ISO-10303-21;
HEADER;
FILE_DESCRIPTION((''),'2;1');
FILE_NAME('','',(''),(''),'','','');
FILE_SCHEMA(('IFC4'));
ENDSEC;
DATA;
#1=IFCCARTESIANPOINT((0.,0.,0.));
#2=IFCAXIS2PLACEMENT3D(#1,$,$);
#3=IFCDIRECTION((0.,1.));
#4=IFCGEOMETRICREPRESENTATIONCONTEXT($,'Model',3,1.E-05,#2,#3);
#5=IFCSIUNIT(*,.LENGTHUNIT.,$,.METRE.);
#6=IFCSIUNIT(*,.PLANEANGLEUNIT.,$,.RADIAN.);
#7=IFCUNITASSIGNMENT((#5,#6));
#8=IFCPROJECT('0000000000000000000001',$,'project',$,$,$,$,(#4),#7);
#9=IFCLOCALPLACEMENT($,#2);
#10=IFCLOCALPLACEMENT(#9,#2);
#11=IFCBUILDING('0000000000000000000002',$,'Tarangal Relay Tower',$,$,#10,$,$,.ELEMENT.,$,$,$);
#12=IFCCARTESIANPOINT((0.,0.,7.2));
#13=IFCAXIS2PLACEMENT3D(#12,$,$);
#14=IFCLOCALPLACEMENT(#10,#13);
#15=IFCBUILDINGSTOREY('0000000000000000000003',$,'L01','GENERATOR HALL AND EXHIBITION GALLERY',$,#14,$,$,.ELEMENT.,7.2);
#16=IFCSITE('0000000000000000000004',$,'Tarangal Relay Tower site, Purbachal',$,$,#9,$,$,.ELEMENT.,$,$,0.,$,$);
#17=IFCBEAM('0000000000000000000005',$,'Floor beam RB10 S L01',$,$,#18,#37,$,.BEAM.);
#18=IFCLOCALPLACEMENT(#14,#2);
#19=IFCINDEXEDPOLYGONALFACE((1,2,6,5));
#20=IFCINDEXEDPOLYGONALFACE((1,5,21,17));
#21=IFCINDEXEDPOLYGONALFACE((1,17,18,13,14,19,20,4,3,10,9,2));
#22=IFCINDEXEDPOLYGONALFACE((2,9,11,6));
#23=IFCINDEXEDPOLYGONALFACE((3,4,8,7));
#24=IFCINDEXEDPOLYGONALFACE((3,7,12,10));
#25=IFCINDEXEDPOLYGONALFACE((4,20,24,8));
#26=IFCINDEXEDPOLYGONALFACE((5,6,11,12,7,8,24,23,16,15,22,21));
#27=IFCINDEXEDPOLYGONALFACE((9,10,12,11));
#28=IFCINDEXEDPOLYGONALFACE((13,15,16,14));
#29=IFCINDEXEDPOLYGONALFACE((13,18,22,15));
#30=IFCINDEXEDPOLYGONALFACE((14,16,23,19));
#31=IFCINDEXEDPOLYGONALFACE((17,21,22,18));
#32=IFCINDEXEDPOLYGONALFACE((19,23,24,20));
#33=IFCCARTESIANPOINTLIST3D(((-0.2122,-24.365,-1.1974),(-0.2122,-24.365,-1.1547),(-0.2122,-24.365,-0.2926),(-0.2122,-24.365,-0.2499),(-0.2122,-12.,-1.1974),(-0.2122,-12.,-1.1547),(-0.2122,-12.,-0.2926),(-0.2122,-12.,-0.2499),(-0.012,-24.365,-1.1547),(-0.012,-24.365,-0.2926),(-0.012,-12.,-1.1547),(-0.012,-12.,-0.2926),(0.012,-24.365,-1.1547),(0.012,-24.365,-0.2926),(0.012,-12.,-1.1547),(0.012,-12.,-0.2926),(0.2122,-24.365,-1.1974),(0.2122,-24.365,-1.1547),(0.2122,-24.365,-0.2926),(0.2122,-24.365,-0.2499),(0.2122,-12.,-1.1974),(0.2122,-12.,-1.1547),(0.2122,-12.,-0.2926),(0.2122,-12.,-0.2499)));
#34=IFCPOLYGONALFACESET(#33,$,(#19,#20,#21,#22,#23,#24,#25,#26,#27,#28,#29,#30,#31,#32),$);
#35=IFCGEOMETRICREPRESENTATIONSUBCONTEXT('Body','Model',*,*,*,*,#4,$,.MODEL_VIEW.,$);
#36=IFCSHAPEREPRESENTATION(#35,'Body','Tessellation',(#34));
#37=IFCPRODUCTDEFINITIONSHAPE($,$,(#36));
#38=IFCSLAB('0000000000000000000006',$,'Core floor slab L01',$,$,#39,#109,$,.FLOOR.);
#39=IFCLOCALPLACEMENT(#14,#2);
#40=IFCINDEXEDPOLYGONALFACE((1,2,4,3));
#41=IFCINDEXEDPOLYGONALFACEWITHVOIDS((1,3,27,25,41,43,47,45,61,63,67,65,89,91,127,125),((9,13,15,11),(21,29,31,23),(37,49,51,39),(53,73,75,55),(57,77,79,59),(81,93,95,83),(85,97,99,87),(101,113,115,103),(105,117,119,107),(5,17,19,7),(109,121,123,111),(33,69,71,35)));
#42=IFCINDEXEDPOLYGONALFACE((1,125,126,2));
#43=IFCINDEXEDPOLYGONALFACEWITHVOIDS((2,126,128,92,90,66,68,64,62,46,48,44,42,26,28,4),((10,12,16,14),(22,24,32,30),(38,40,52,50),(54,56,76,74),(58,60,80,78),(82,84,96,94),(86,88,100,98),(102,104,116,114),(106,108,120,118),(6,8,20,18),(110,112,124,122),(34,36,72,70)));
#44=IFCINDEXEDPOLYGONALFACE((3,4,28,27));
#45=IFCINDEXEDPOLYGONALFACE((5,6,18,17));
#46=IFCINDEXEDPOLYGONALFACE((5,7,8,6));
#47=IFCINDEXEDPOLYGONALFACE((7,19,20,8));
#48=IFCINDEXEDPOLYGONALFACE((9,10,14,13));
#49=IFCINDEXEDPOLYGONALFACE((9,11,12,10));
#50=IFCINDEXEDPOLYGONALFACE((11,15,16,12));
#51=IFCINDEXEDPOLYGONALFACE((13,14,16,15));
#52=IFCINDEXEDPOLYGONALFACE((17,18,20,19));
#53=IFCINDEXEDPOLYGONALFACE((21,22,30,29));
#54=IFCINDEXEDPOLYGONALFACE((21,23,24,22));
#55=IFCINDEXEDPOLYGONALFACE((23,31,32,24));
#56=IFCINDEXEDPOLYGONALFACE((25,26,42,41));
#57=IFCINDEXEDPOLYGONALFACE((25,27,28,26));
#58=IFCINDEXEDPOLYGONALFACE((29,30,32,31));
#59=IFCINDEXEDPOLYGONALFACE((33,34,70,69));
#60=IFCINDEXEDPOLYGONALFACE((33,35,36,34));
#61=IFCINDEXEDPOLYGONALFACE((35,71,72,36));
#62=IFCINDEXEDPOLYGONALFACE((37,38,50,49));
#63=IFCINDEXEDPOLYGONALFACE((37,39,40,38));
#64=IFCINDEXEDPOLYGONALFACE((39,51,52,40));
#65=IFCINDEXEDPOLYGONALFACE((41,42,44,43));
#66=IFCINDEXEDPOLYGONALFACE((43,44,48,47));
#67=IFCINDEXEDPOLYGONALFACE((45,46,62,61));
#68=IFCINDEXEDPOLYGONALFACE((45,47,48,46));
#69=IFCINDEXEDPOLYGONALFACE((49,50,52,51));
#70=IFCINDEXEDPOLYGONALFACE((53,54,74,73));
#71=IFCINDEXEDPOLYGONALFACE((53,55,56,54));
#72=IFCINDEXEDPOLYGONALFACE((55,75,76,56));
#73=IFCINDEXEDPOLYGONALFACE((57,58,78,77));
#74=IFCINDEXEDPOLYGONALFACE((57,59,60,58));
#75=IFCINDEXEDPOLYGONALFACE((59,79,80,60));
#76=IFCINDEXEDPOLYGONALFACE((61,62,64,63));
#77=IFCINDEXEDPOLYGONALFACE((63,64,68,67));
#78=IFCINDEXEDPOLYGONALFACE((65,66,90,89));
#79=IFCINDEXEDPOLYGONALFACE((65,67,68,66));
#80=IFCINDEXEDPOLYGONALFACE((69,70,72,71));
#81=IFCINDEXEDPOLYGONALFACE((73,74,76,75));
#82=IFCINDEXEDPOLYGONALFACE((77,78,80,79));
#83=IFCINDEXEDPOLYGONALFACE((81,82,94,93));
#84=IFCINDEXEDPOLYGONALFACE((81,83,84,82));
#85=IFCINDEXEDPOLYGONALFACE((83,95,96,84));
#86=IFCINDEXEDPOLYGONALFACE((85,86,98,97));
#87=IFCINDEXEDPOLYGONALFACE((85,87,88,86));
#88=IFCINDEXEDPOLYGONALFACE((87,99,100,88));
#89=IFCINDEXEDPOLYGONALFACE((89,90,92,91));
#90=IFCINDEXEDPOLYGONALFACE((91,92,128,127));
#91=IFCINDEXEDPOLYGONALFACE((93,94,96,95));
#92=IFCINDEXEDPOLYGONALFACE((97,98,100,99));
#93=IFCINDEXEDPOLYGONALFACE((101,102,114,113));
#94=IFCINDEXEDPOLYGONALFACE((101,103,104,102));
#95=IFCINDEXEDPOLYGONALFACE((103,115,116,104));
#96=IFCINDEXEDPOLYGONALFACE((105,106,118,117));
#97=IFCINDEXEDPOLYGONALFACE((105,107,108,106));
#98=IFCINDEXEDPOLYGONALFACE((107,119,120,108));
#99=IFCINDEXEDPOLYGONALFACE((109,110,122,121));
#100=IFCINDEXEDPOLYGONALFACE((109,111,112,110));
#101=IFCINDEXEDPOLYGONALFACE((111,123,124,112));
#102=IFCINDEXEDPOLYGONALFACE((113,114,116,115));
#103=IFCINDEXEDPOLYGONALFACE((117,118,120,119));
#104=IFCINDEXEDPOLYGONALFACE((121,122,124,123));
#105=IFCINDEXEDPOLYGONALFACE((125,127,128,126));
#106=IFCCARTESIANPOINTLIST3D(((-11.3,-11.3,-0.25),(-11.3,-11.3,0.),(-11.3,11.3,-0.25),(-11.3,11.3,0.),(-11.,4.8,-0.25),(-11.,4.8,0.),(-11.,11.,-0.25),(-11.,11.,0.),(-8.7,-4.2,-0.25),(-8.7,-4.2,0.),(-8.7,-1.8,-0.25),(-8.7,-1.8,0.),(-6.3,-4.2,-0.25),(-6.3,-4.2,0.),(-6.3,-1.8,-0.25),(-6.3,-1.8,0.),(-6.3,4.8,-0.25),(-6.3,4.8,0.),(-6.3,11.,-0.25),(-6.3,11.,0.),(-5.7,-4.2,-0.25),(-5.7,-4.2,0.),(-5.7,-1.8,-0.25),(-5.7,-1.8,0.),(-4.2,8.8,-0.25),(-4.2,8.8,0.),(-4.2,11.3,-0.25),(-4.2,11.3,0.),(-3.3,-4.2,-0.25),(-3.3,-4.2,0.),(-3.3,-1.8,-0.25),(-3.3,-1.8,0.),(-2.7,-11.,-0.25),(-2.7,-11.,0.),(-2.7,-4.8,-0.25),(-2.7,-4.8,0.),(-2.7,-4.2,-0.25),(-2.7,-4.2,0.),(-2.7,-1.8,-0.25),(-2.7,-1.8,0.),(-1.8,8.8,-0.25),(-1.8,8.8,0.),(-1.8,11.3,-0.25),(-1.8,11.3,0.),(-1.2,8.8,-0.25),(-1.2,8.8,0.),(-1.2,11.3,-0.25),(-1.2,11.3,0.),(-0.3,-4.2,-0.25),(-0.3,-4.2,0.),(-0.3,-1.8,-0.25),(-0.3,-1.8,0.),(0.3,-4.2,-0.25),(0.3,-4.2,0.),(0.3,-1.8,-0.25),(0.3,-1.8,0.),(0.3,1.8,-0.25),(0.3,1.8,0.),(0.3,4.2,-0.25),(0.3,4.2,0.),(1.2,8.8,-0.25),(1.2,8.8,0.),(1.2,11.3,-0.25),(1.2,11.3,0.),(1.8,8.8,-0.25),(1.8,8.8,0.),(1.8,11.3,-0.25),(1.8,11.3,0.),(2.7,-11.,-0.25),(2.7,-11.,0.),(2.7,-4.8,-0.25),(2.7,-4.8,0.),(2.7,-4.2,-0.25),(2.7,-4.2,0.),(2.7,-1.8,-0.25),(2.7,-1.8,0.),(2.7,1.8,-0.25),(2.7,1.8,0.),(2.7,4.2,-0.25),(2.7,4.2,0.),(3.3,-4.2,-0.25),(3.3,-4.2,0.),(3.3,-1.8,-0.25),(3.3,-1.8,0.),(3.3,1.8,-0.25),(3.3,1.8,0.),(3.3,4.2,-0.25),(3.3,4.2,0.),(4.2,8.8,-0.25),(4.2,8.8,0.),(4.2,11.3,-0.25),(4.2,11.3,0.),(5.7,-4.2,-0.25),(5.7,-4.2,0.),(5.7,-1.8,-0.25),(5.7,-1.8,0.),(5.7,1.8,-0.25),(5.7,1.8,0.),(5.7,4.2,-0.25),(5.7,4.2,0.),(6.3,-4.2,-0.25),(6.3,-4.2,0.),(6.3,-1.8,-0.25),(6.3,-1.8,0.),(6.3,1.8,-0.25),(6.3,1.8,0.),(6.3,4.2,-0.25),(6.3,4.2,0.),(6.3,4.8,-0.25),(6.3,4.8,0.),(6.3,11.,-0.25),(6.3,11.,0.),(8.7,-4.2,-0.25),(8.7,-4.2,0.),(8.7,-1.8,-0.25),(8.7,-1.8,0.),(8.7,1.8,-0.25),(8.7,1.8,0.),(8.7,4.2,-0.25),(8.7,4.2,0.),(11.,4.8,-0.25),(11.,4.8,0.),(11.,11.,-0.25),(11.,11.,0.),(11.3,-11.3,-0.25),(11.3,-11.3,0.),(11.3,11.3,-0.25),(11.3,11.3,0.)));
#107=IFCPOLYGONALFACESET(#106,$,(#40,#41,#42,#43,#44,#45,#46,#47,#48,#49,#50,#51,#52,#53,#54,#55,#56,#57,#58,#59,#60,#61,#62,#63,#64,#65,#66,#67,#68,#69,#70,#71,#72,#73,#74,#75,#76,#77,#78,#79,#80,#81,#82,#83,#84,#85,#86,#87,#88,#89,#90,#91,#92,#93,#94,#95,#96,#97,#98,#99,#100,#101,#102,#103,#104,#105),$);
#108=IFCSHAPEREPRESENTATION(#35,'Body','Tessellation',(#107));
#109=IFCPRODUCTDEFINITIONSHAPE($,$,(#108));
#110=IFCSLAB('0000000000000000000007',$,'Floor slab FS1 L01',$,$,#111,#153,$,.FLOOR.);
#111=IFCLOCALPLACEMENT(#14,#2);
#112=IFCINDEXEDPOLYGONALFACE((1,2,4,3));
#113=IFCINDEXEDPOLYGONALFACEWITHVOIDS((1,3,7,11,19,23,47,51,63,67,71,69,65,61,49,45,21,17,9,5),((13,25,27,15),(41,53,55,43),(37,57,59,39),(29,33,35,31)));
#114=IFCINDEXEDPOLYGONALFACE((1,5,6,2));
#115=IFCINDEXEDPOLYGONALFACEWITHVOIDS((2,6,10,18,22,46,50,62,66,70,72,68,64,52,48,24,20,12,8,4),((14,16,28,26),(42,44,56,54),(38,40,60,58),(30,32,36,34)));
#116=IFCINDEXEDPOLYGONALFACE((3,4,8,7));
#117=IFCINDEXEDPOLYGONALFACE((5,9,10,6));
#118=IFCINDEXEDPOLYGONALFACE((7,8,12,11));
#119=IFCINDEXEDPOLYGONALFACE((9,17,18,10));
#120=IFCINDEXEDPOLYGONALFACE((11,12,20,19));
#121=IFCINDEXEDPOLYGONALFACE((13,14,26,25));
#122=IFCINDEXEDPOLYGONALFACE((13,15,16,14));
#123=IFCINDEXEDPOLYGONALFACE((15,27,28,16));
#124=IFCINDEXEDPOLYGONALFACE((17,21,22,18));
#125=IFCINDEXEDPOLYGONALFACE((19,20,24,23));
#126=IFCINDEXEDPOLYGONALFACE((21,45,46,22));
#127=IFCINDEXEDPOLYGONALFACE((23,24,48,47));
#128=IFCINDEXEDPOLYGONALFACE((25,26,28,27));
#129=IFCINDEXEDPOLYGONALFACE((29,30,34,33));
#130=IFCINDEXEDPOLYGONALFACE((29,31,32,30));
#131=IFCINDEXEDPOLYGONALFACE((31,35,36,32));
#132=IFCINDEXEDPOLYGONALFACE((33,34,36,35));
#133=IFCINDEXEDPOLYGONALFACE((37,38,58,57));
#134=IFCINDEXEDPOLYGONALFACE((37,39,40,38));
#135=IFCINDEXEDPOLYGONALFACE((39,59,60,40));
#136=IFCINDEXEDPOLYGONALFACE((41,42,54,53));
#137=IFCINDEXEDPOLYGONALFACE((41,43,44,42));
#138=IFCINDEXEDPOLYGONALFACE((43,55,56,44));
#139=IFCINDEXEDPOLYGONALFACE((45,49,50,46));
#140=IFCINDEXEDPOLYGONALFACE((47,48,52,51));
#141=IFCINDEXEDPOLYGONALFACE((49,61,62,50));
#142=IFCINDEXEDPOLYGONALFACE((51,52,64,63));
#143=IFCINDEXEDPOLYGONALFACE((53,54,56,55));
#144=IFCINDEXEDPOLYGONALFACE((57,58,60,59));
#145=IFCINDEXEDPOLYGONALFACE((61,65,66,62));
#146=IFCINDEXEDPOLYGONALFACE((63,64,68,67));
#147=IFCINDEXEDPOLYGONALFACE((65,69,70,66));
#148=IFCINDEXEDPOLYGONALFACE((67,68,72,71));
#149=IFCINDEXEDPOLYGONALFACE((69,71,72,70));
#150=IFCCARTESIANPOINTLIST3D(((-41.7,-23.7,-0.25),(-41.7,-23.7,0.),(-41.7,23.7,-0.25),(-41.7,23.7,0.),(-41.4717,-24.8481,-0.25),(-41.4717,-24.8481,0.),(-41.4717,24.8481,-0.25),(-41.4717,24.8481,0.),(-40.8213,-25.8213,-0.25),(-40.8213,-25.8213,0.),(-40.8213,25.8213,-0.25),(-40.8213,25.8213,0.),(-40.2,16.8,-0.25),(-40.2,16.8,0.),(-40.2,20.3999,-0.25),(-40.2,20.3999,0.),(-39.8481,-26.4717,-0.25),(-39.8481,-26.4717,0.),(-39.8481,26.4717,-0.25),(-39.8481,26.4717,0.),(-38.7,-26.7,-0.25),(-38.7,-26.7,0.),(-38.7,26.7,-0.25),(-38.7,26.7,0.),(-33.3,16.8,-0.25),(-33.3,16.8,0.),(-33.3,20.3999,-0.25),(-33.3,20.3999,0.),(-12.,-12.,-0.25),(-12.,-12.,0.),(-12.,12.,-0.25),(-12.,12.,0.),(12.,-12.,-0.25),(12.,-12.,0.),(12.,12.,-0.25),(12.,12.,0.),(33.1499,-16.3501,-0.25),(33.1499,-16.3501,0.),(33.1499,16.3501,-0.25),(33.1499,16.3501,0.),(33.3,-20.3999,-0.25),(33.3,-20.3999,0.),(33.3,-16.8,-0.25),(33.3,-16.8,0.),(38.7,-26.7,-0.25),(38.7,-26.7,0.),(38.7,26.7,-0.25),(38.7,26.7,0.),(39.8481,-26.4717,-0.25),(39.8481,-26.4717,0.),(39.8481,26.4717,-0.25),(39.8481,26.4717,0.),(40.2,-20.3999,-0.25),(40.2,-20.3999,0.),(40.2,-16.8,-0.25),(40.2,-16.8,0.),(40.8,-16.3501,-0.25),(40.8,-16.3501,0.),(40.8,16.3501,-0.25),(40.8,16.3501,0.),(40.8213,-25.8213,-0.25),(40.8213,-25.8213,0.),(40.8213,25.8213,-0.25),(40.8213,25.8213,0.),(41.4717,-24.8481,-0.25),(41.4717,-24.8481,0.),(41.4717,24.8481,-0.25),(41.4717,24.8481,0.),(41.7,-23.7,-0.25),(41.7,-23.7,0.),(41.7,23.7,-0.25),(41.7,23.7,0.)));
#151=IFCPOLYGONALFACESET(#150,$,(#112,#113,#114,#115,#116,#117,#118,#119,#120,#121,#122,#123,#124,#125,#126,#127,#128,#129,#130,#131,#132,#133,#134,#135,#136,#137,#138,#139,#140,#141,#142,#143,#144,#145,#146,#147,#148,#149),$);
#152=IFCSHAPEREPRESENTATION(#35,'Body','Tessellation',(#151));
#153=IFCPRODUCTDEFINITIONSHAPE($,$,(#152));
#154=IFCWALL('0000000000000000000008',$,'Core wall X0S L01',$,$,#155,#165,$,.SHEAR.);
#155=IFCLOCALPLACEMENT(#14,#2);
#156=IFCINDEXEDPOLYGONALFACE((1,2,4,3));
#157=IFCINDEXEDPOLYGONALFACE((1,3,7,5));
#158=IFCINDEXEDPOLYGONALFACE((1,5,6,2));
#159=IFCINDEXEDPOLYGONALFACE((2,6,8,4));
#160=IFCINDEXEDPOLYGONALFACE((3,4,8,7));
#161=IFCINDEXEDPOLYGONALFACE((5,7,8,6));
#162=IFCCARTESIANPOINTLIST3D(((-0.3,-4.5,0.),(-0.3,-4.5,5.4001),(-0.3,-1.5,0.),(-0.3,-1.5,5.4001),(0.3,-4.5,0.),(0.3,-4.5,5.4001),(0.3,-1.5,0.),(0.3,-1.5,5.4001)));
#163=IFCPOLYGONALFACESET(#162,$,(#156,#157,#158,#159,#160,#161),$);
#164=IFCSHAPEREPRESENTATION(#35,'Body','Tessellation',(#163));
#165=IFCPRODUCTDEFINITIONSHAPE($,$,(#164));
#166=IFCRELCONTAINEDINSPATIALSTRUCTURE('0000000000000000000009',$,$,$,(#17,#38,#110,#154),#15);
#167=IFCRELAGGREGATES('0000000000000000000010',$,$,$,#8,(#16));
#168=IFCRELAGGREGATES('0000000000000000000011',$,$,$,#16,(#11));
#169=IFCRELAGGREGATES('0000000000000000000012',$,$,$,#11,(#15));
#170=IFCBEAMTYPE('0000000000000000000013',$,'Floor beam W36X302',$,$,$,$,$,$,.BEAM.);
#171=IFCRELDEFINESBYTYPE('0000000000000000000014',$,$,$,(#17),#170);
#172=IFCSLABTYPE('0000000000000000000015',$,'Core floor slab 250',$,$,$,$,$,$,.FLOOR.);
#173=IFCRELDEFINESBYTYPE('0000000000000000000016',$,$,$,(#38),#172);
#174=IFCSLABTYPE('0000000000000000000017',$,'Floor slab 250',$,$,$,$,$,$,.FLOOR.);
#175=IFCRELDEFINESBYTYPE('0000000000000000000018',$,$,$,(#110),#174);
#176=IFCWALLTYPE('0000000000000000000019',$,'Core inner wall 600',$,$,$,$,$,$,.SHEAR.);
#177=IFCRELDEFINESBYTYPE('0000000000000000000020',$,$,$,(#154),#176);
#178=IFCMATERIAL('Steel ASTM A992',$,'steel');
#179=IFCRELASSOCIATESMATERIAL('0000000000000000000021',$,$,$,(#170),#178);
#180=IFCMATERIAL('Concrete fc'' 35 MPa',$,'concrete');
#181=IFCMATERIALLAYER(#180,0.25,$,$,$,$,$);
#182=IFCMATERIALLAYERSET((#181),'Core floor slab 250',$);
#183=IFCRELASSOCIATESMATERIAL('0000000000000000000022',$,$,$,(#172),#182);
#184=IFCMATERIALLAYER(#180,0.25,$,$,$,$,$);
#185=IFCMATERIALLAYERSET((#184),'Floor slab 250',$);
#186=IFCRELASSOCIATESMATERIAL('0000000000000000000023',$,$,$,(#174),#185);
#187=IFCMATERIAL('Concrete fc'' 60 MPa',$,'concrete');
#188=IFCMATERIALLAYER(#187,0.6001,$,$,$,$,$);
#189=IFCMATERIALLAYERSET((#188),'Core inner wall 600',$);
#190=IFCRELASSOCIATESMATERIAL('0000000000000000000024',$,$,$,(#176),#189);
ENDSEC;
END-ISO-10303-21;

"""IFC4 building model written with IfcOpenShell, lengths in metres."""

from ifc_helpers import new_model, si_unit, direction, frame, frame_2d, origin, origin_2d, place, context, subcontext, project, spatial, polyline, rectangle, i_section, outline, extrude, material, layer, layer_set, material_profile, profile_set, type_object, element, save


model = new_model("IFC4")

# Units and contexts
model_context = context("Model", 3, precision=1e-05, world=origin(), true_north=direction((0.0, 1.0)))
body_context = subcontext(model_context, "Body", "Model", "MODEL_VIEW")
ifc_project = project(units=[si_unit("LENGTHUNIT", "METRE"), si_unit("PLANEANGLEUNIT", "RADIAN")], contexts=[model_context])

# Site, building, storey
site_placement = place(None, origin())
site = spatial("IfcSite", under=ifc_project, at=site_placement, Name="Tarangal Relay Tower site, Purbachal", CompositionType="ELEMENT", RefElevation=0.0)
building_placement = place(site_placement, origin())
building = spatial("IfcBuilding", under=site, at=building_placement, Name="Tarangal Relay Tower", CompositionType="ELEMENT")
storey_placement = place(building_placement, frame((0.0, 0.0, 7.2)))
storey = spatial("IfcBuildingStorey", under=building, at=storey_placement, Name="L01", Description="GENERATOR HALL AND EXHIBITION GALLERY", CompositionType="ELEMENT", Elevation=7.2)

# Beam
ifc_material_1 = material(Name="Steel ASTM A992", Category="steel")
ifc_material_profile = material_profile(ifc_material_1, i_section(OverallWidth=0.4243, OverallDepth=0.9475, WebThickness=0.0239, FlangeThickness=0.0427, at=origin_2d()), Name="W36X302")
ifc_profile_set = profile_set([ifc_material_profile], Name="Steel ASTM A992")
beam_type = type_object("IfcBeamType", Name="Floor beam W36X302", PredefinedType="BEAM", material=ifc_profile_set)
beam_placement = place(storey_placement, frame((0.0, -12.0, -0.7236), z_axis=(0.0, -1.0, 0.0), x_axis=(1.0, 0.0, 0.0)))
element("IfcBeam", 1, at=beam_placement, inside=storey, type_object=beam_type, Name="Floor beam RB10 S L01", PredefinedType="BEAM", context=body_context, shape_type="SweptSolid", body=[
    extrude(i_section(OverallWidth=0.4243, OverallDepth=0.9475, WebThickness=0.0239, FlangeThickness=0.0427, at=origin_2d()), origin(), (0.0, 0.0, 1.0), 12.365),
])

# Slabs
ifc_material_2 = material(Name="Concrete fc' 35 MPa", Category="concrete")
ifc_layer_1 = layer(ifc_material_2, 0.25)
ifc_layer_set_1 = layer_set([ifc_layer_1], Name="Core floor slab 250")
slab_type_1 = type_object("IfcSlabType", Name="Core floor slab 250", PredefinedType="FLOOR", material=ifc_layer_set_1)
slab_1_placement = place(storey_placement, frame((0.0, 0.0, -0.25)))
element("IfcSlab", 2, at=slab_1_placement, inside=storey, type_object=slab_type_1, Name="Core floor slab L01", PredefinedType="FLOOR", context=body_context, shape_type="SweptSolid", body=[
    extrude(outline(polyline([(11.3, 11.3), (11.3, -11.3), (-11.3, -11.3), (-11.3, 11.3), (-4.2, 11.3), (-4.2, 8.8), (-1.8, 8.8), (-1.8, 11.3), (-1.2, 11.3), (-1.2, 8.8), (1.2, 8.8), (1.2, 11.3), (1.8, 11.3), (1.8, 8.8), (4.2, 8.8), (4.2, 11.3), (11.3, 11.3)]), holes=[polyline([(2.7, -4.8), (-2.7, -4.8), (-2.7, -11.0), (2.7, -11.0), (2.7, -4.8)]), polyline([(-6.3, -4.2), (-6.3, -1.8), (-8.7, -1.8), (-8.7, -4.2), (-6.3, -4.2)]), polyline([(-3.3, -4.2), (-3.3, -1.8), (-5.7, -1.8), (-5.7, -4.2), (-3.3, -4.2)]), polyline([(-0.3, -4.2), (-0.3, -1.8), (-2.7, -1.8), (-2.7, -4.2), (-0.3, -4.2)]), polyline([(2.7, 1.8), (2.7, 4.2), (0.3, 4.2), (0.3, 1.8), (2.7, 1.8)]), polyline([(-6.3, 4.8), (-6.3, 11.0), (-11.0, 11.0), (-11.0, 4.8), (-6.3, 4.8)]), polyline([(2.7, -4.2), (2.7, -1.8), (0.3, -1.8), (0.3, -4.2), (2.7, -4.2)]), polyline([(5.7, -4.2), (5.7, -1.8), (3.3, -1.8), (3.3, -4.2), (5.7, -4.2)]), polyline([(8.7, -4.2), (8.7, -1.8), (6.3, -1.8), (6.3, -4.2), (8.7, -4.2)]), polyline([(5.7, 1.8), (5.7, 4.2), (3.3, 4.2), (3.3, 1.8), (5.7, 1.8)]), polyline([(8.7, 1.8), (8.7, 4.2), (6.3, 4.2), (6.3, 1.8), (8.7, 1.8)]), polyline([(11.0, 4.8), (11.0, 11.0), (6.3, 11.0), (6.3, 4.8), (11.0, 4.8)])]), origin(), (0.0, 0.0, 1.0), 0.25),
])
ifc_layer_2 = layer(ifc_material_2, 0.25)
ifc_layer_set_2 = layer_set([ifc_layer_2], Name="Floor slab 250")
slab_type_2 = type_object("IfcSlabType", Name="Floor slab 250", PredefinedType="FLOOR", material=ifc_layer_set_2)
slab_2_placement = place(storey_placement, frame((0.0, 0.0, -0.25)))
element("IfcSlab", 3, at=slab_2_placement, inside=storey, type_object=slab_type_2, Name="Floor slab FS1 L01", PredefinedType="FLOOR", context=body_context, shape_type="SweptSolid", body=[
    extrude(outline(polyline([(41.7, 23.7), (41.4717, 24.8481), (40.8213, 25.8213), (39.8481, 26.4717), (38.7, 26.7), (-38.7, 26.7), (-39.8481, 26.4717), (-40.8213, 25.8213), (-41.4717, 24.8481), (-41.7, 23.7), (-41.7, -23.7), (-41.4717, -24.8481), (-40.8213, -25.8213), (-39.8481, -26.4717), (-38.7, -26.7), (38.7, -26.7), (39.8481, -26.4717), (40.8213, -25.8213), (41.4717, -24.8481), (41.7, -23.7), (41.7, 23.7)]), holes=[polyline([(-12.0, -12.0), (12.0, -12.0), (12.0, 12.0), (-12.0, 12.0), (-12.0, -12.0)]), polyline([(-40.2, 16.8), (-33.3, 16.8), (-33.3, 20.3999), (-40.2, 20.3999), (-40.2, 16.8)]), polyline([(33.3, -20.3999), (40.2, -20.3999), (40.2, -16.8), (33.3, -16.8), (33.3, -20.3999)]), polyline([(33.1499, -16.3501), (40.8, -16.3501), (40.8, 16.3501), (33.1499, 16.3501), (33.1499, -16.3501)])]), origin(), (0.0, 0.0, 1.0), 0.25),
])

# Wall
ifc_material_3 = material(Name="Concrete fc' 60 MPa", Category="concrete")
ifc_layer_3 = layer(ifc_material_3, 0.6001)
ifc_layer_set_3 = layer_set([ifc_layer_3], Name="Core inner wall 600")
wall_type = type_object("IfcWallType", Name="Core inner wall 600", PredefinedType="SHEAR", material=ifc_layer_set_3)
wall_placement = place(storey_placement, frame((0.0, -4.5, 0.0), z_axis=(0.0, 0.0, 1.0), x_axis=(0.0, 1.0, 0.0)))
element("IfcWall", 4, at=wall_placement, inside=storey, type_object=wall_type, Name="Core wall X0S L01", PredefinedType="SHEAR", context=body_context, shape_type="SweptSolid", body=[
    extrude(rectangle(XDim=3.0, YDim=0.6001, at=frame_2d((1.5, 0.0))), origin(), (0.0, 0.0, 1.0), 5.4001),
])

save(model, "model.ifc")
